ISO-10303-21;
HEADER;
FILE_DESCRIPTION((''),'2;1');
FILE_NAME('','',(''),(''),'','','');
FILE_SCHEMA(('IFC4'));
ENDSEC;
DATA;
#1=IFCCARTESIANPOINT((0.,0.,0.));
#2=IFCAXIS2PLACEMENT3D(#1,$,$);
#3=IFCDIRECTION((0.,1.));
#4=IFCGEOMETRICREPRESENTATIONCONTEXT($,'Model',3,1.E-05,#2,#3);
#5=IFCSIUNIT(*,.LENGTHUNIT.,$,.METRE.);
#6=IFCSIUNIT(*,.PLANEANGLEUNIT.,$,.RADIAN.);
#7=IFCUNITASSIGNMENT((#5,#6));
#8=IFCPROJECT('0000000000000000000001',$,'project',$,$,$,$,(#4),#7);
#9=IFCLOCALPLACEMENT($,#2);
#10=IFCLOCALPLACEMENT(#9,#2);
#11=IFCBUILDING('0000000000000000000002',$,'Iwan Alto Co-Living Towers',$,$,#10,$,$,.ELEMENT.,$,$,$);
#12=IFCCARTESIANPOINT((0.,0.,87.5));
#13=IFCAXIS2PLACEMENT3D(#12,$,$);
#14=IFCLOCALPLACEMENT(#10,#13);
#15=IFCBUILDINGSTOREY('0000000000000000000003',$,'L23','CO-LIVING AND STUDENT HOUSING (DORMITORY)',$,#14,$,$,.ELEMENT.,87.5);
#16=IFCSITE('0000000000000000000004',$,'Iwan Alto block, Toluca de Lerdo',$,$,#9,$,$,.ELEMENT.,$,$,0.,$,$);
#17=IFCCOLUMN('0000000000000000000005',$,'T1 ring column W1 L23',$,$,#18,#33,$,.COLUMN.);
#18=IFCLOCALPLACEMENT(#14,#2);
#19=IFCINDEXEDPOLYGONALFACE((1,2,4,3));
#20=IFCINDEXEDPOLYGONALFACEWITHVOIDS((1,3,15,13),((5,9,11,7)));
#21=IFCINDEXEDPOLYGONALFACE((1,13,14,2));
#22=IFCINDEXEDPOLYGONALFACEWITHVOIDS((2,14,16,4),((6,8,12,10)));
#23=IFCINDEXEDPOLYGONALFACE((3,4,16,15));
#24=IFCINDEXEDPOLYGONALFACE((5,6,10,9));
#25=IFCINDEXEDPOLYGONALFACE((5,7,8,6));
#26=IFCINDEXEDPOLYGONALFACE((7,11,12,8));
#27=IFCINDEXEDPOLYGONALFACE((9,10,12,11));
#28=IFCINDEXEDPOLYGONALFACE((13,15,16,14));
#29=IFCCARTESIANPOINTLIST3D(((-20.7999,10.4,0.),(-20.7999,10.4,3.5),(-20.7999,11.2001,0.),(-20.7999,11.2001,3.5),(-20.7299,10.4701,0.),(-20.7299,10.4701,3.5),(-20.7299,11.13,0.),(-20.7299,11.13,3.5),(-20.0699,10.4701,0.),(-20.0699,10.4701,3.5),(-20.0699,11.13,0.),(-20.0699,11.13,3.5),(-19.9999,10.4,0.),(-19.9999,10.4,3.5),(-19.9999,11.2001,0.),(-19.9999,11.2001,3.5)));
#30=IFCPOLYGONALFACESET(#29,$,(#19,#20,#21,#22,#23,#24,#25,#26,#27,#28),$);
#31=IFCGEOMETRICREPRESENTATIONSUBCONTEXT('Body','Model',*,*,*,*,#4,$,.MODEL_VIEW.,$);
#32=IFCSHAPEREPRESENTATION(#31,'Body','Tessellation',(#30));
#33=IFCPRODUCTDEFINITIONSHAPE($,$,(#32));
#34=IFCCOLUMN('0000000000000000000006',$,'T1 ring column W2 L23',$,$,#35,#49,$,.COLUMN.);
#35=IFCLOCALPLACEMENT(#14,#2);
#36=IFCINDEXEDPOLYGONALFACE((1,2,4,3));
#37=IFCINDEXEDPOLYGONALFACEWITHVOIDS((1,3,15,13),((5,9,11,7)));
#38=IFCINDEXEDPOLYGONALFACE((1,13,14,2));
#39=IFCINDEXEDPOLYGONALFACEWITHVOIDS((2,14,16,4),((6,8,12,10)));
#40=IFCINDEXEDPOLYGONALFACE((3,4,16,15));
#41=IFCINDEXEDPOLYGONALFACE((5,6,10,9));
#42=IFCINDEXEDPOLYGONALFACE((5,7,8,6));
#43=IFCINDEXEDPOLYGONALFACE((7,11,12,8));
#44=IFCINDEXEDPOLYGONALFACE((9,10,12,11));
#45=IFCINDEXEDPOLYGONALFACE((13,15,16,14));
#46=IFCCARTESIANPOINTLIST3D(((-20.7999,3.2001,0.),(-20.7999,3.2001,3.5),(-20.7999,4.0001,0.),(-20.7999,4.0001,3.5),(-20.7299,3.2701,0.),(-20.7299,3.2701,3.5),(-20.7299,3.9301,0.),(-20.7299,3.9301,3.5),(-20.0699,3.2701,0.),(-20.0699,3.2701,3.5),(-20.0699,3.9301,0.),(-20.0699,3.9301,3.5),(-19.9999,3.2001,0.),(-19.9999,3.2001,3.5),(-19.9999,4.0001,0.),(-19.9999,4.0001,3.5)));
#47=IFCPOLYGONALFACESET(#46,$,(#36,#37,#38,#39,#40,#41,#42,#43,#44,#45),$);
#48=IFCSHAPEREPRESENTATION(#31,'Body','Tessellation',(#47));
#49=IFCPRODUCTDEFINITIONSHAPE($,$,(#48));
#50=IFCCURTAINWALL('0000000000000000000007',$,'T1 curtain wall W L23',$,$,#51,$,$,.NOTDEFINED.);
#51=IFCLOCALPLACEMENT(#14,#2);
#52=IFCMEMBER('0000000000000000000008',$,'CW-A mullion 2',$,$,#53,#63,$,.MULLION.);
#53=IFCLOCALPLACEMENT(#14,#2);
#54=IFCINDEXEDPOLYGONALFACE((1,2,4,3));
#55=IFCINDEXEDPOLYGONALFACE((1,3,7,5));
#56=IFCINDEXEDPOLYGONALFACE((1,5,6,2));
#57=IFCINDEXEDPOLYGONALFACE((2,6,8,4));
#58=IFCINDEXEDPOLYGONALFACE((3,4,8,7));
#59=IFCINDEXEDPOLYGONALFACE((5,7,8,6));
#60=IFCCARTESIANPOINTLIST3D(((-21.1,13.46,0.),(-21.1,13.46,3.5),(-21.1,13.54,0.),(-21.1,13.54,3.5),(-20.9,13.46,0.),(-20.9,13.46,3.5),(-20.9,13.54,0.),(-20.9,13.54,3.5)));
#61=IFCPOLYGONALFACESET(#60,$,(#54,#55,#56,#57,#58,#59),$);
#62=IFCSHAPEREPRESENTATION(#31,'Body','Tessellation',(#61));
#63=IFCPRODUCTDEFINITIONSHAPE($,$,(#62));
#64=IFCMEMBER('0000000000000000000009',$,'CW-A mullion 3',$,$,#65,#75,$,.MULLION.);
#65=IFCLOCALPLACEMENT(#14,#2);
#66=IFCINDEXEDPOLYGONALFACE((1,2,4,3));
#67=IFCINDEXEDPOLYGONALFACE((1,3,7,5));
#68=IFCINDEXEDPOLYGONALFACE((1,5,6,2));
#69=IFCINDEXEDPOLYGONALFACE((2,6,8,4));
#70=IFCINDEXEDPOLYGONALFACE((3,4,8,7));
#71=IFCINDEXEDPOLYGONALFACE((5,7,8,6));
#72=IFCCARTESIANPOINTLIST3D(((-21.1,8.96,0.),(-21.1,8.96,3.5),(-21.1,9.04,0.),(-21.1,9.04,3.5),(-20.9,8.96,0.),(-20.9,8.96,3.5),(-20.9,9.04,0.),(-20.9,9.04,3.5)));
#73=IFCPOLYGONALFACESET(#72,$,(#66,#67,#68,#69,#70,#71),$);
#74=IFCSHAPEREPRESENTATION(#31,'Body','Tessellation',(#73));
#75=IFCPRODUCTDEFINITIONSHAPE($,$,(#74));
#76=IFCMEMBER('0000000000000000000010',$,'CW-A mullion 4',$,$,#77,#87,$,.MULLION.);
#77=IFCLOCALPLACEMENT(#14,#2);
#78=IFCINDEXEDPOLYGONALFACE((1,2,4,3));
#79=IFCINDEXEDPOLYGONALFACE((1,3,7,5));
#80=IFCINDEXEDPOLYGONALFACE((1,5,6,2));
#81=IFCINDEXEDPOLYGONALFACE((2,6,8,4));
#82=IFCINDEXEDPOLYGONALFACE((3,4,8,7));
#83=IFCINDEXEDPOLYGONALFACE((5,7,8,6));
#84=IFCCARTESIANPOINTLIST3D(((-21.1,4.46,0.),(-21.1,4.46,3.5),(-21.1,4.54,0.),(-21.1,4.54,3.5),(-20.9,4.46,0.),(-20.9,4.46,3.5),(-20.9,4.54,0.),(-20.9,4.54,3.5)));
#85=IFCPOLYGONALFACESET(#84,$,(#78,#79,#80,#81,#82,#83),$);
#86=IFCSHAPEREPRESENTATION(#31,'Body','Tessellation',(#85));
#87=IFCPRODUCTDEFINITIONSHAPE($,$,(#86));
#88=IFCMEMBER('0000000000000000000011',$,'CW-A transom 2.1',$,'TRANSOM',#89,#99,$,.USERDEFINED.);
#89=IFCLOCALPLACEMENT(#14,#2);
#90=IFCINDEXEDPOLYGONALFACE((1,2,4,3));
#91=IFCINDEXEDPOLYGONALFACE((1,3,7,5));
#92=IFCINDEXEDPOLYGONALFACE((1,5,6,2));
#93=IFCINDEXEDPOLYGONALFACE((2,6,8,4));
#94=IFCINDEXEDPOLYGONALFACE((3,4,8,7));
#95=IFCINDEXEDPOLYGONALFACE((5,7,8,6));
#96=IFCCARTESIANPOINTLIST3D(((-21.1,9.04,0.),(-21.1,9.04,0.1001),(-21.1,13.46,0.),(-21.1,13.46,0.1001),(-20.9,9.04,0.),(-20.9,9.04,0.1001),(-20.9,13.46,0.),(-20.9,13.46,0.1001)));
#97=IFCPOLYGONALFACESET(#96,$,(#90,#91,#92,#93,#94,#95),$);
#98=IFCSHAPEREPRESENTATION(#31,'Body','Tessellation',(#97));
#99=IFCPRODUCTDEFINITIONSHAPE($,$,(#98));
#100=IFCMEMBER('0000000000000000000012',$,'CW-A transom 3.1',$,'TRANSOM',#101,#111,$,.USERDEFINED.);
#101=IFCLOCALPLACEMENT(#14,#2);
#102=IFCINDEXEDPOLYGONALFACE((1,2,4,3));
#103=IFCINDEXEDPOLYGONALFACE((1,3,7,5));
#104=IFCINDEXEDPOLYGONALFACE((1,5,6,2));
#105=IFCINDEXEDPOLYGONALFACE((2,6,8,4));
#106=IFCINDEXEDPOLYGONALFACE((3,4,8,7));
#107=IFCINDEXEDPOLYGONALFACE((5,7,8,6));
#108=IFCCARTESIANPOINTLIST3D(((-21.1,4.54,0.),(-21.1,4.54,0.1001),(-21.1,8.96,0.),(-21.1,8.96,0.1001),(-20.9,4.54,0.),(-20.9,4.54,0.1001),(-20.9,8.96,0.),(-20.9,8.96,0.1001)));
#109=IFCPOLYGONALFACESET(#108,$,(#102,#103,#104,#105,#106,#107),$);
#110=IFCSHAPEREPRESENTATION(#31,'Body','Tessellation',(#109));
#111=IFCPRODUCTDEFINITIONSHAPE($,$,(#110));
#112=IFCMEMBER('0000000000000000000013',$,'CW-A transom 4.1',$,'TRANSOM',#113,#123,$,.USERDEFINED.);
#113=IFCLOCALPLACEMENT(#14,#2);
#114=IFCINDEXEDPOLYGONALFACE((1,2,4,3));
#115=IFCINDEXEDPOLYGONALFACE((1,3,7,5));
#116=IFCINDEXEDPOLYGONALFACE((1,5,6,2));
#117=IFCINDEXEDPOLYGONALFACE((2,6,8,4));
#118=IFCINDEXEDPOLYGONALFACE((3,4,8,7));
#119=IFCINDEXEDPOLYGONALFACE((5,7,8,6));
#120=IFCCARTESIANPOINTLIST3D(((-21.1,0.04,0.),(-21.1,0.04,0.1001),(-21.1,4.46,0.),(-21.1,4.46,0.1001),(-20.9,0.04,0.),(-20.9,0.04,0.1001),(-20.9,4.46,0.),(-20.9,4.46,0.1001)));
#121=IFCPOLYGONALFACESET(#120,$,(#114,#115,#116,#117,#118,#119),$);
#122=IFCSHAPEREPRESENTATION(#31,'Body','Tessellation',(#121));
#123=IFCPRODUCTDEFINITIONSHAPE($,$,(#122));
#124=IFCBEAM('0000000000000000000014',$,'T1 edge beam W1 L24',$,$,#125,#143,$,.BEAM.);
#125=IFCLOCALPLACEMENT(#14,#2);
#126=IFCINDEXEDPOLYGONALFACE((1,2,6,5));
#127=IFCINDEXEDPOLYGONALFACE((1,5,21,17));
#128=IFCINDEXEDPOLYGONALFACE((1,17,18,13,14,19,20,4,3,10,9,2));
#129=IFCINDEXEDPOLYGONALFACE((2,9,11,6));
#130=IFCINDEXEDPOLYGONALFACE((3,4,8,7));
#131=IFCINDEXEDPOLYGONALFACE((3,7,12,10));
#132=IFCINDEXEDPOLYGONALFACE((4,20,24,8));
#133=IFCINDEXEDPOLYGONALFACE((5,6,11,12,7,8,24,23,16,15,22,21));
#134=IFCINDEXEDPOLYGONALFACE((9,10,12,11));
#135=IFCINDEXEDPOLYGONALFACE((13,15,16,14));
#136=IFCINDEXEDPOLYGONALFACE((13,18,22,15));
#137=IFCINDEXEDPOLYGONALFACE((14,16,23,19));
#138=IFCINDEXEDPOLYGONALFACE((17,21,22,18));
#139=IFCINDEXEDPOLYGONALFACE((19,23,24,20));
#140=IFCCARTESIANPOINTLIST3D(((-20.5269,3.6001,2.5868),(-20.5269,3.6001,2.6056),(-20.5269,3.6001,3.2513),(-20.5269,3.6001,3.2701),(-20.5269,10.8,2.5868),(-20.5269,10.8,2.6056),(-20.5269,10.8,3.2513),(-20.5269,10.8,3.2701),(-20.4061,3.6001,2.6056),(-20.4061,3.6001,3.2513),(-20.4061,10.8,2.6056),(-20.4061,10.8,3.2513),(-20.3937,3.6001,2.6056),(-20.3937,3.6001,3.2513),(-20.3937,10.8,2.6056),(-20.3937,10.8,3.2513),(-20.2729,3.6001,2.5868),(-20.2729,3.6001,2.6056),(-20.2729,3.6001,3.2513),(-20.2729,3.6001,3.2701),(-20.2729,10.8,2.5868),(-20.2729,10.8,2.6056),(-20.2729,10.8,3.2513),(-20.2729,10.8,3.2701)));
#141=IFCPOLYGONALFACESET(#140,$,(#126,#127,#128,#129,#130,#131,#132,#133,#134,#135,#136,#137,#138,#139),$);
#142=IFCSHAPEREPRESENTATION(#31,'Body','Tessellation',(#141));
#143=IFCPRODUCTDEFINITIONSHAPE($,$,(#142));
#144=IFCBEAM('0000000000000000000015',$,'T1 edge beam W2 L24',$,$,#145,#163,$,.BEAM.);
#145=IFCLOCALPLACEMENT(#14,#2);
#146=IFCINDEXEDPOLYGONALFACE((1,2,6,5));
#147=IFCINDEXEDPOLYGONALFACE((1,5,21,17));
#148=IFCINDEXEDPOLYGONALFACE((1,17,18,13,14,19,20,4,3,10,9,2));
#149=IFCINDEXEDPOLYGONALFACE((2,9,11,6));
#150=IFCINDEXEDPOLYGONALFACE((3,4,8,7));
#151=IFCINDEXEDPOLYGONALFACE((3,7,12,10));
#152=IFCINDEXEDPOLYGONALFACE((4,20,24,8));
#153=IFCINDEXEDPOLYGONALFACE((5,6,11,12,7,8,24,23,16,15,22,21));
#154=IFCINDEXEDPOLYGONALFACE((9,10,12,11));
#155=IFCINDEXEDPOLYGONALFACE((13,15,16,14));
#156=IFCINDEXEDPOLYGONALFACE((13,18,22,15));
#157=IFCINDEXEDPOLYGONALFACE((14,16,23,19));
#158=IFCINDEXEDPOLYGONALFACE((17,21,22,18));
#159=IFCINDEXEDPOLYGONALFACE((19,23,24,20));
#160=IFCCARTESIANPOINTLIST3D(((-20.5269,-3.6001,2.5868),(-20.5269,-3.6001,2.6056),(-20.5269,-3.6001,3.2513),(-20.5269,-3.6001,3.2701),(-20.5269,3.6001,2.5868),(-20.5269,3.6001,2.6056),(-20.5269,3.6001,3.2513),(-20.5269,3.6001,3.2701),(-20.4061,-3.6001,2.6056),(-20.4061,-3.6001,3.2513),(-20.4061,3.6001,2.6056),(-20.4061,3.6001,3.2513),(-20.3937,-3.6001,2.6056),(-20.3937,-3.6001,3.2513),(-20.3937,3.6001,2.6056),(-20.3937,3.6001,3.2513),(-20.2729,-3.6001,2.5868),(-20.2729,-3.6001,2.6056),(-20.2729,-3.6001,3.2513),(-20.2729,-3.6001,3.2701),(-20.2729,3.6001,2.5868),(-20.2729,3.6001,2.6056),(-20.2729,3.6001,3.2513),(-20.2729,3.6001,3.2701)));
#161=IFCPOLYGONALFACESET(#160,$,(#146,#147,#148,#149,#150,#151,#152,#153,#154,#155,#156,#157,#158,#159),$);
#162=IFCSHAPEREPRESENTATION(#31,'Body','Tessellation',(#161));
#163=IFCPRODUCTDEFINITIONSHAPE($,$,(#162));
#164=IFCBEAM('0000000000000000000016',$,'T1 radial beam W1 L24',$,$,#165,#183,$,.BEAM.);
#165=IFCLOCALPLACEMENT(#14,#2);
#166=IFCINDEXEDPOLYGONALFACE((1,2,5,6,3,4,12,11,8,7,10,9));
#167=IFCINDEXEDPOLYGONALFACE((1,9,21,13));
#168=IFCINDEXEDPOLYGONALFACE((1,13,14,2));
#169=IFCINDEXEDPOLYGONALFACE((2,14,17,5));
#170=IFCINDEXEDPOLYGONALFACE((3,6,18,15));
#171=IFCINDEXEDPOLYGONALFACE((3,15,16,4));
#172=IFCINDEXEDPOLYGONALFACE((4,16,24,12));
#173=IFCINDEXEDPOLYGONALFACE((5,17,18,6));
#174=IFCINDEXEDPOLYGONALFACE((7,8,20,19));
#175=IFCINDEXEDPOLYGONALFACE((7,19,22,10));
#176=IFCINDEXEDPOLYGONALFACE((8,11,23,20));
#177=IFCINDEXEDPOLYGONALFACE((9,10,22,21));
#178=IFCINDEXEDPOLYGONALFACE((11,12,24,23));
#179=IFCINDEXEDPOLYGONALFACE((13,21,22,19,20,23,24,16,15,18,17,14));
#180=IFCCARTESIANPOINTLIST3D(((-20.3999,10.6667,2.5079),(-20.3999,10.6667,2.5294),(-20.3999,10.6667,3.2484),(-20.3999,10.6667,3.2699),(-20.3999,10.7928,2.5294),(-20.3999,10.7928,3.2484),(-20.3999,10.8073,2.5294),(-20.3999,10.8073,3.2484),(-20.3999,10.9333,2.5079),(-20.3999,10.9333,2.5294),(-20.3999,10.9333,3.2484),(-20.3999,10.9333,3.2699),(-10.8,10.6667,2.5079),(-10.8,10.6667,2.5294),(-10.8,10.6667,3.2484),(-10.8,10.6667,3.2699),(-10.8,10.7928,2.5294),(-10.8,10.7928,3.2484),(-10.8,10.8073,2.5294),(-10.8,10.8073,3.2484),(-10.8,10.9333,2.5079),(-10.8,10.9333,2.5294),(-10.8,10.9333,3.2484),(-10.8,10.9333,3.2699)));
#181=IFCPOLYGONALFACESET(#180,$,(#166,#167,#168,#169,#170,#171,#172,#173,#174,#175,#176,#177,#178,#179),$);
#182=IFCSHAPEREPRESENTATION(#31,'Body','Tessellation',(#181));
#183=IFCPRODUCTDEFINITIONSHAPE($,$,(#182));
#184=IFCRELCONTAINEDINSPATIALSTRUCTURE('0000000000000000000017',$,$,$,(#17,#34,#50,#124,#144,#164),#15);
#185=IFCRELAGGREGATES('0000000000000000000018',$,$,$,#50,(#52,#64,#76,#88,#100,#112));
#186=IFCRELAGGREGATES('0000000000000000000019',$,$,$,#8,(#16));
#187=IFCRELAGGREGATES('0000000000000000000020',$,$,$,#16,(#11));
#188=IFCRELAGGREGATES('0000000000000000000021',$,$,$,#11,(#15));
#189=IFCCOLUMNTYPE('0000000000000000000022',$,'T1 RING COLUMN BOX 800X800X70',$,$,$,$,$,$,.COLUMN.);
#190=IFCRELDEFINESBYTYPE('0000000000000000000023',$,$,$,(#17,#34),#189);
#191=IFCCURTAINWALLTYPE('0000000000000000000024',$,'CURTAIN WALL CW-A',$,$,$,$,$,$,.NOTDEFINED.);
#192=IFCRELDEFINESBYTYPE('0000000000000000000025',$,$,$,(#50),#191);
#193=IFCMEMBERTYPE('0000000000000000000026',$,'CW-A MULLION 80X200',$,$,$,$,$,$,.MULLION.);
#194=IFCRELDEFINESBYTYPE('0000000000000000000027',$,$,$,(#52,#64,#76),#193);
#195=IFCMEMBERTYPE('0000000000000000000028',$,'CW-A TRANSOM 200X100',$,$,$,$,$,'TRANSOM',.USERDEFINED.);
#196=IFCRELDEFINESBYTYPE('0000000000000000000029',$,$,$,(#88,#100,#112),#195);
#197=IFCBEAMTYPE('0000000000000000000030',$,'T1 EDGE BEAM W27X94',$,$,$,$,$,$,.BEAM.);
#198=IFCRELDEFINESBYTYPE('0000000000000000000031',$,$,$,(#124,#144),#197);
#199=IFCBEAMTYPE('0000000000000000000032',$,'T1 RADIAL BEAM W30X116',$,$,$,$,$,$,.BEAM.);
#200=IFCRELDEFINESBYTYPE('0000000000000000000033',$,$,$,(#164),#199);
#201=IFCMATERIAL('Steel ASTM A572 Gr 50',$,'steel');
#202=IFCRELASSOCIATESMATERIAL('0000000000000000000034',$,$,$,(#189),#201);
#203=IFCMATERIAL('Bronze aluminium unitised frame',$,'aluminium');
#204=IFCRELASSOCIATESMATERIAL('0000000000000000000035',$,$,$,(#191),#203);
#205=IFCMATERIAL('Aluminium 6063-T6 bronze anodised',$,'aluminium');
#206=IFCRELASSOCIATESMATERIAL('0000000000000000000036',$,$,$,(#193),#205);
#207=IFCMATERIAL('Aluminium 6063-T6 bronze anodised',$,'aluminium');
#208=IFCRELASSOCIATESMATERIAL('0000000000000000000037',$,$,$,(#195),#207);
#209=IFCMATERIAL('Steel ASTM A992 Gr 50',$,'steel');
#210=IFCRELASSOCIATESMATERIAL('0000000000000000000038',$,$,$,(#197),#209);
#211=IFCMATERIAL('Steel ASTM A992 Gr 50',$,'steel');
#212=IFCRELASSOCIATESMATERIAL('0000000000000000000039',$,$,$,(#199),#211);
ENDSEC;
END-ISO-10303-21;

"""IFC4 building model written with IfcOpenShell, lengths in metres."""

from ifc_helpers import new_model, si_unit, direction, frame, origin, origin_2d, place, context, subcontext, project, spatial, rectangle, hollow_rectangle, i_section, extrude, material, material_profile, profile_set, type_object, element, aggregate, save


model = new_model("IFC4")

# Units and contexts
model_context = context("Model", 3, precision=1e-05, world=origin(), true_north=direction((0.0, 1.0)))
body_context = subcontext(model_context, "Body", "Model", "MODEL_VIEW")
ifc_project = project(units=[si_unit("LENGTHUNIT", "METRE"), si_unit("PLANEANGLEUNIT", "RADIAN")], contexts=[model_context])

# Site, building, storey
site_placement = place(None, origin())
site = spatial("IfcSite", under=ifc_project, at=site_placement, Name="Iwan Alto block, Toluca de Lerdo", CompositionType="ELEMENT", RefElevation=0.0)
building_placement = place(site_placement, origin())
building = spatial("IfcBuilding", under=site, at=building_placement, Name="Iwan Alto Co-Living Towers", CompositionType="ELEMENT")
storey_placement = place(building_placement, frame((0.0, 0.0, 87.5)))
storey = spatial("IfcBuildingStorey", under=building, at=storey_placement, Name="L23", Description="CO-LIVING AND STUDENT HOUSING (DORMITORY)", CompositionType="ELEMENT", Elevation=87.5)

# Columns
ifc_material_1 = material(Name="Steel ASTM A572 Gr 50", Category="steel")
ifc_material_profile_1 = material_profile(ifc_material_1, hollow_rectangle(XDim=0.8, YDim=0.8, WallThickness=0.0701, at=origin_2d()), Name="BOX 800X800X70")
ifc_profile_set_1 = profile_set([ifc_material_profile_1], Name="Steel ASTM A572 Gr 50")
column_type = type_object("IfcColumnType", Name="T1 RING COLUMN BOX 800X800X70", PredefinedType="COLUMN", material=ifc_profile_set_1)
for number, where, z_axis, x_axis, name in (
    (1, (-20.3999, 10.8, 0.0), (0.0, 0.0, 1.0), (1.0, 0.0, 0.0), "T1 ring column W1 L23"),
    (2, (-20.3999, 3.6001, 0.0), (0.0, 0.0, 1.0), (1.0, 0.0, 0.0), "T1 ring column W2 L23"),
):
    element("IfcColumn", number, at=place(storey_placement, frame(where, z_axis=z_axis, x_axis=x_axis)), inside=storey, type_object=column_type, Name=name, PredefinedType="COLUMN", context=body_context, shape_type="SweptSolid", body=[
        extrude(hollow_rectangle(XDim=0.8, YDim=0.8, WallThickness=0.0701, at=origin_2d()), origin(), (0.0, 0.0, 1.0), 3.5),
    ])

# Curtain wall, members
ifc_material_2 = material(Name="Bronze aluminium unitised frame", Category="aluminium")
curtain_wall_type = type_object("IfcCurtainWallType", Name="CURTAIN WALL CW-A", PredefinedType="NOTDEFINED", material=ifc_material_2)
curtain_wall_placement = place(storey_placement, origin())
curtain_wall = element("IfcCurtainWall", 3, at=curtain_wall_placement, inside=storey, type_object=curtain_wall_type, Name="T1 curtain wall W L23", PredefinedType="NOTDEFINED")
ifc_material_3 = material(Name="Aluminium 6063-T6 bronze anodised", Category="aluminium")
ifc_material_profile_2 = material_profile(ifc_material_3, rectangle(XDim=0.2, YDim=0.0801, at=origin_2d()), Name="AL 80X200")
ifc_profile_set_2 = profile_set([ifc_material_profile_2], Name="Aluminium 6063-T6 bronze anodised")
member_type_1 = type_object("IfcMemberType", Name="CW-A MULLION 80X200", PredefinedType="MULLION", material=ifc_profile_set_2)
member_1_placement = place(storey_placement, frame((-21.0, 13.5, 0.0), z_axis=(0.0, 0.0, 1.0), x_axis=(1.0, 0.0, 0.0)))
member_1 = element("IfcMember", 4, at=member_1_placement, type_object=member_type_1, Name="CW-A mullion 2", PredefinedType="MULLION", context=body_context, shape_type="SweptSolid", body=[
    extrude(rectangle(XDim=0.2, YDim=0.0801, at=origin_2d()), origin(), (0.0, 0.0, 1.0), 3.5),
])
member_2_placement = place(storey_placement, frame((-21.0, 9.0, 0.0), z_axis=(0.0, 0.0, 1.0), x_axis=(1.0, 0.0, 0.0)))
member_2 = element("IfcMember", 5, at=member_2_placement, type_object=member_type_1, Name="CW-A mullion 3", PredefinedType="MULLION", context=body_context, shape_type="SweptSolid", body=[
    extrude(rectangle(XDim=0.2, YDim=0.0801, at=origin_2d()), origin(), (0.0, 0.0, 1.0), 3.5),
])
member_3_placement = place(storey_placement, frame((-21.0, 4.5, 0.0), z_axis=(0.0, 0.0, 1.0), x_axis=(1.0, 0.0, 0.0)))
member_3 = element("IfcMember", 6, at=member_3_placement, type_object=member_type_1, Name="CW-A mullion 4", PredefinedType="MULLION", context=body_context, shape_type="SweptSolid", body=[
    extrude(rectangle(XDim=0.2, YDim=0.0801, at=origin_2d()), origin(), (0.0, 0.0, 1.0), 3.5),
])
ifc_material_4 = material(Name="Aluminium 6063-T6 bronze anodised", Category="aluminium")
ifc_material_profile_3 = material_profile(ifc_material_4, rectangle(XDim=0.2, YDim=0.1001, at=origin_2d()), Name="AL 200X100")
ifc_profile_set_3 = profile_set([ifc_material_profile_3], Name="Aluminium 6063-T6 bronze anodised")
member_type_2 = type_object("IfcMemberType", Name="CW-A TRANSOM 200X100", ElementType="TRANSOM", PredefinedType="USERDEFINED", material=ifc_profile_set_3)
member_4_placement = place(storey_placement, frame((-21.0, 13.46, 0.05), z_axis=(0.0, -1.0, 0.0), x_axis=(1.0, 0.0, 0.0)))
member_4 = element("IfcMember", 7, at=member_4_placement, type_object=member_type_2, Name="CW-A transom 2.1", ObjectType="TRANSOM", PredefinedType="USERDEFINED", context=body_context, shape_type="SweptSolid", body=[
    extrude(rectangle(XDim=0.2, YDim=0.1001, at=origin_2d()), origin(), (0.0, 0.0, 1.0), 4.4199),
])
member_5_placement = place(storey_placement, frame((-21.0, 8.96, 0.05), z_axis=(0.0, -1.0, 0.0), x_axis=(1.0, 0.0, 0.0)))
member_5 = element("IfcMember", 8, at=member_5_placement, type_object=member_type_2, Name="CW-A transom 3.1", ObjectType="TRANSOM", PredefinedType="USERDEFINED", context=body_context, shape_type="SweptSolid", body=[
    extrude(rectangle(XDim=0.2, YDim=0.1001, at=origin_2d()), origin(), (0.0, 0.0, 1.0), 4.4199),
])
member_6_placement = place(storey_placement, frame((-21.0, 4.46, 0.05), z_axis=(0.0, -1.0, 0.0), x_axis=(1.0, 0.0, 0.0)))
member_6 = element("IfcMember", 9, at=member_6_placement, type_object=member_type_2, Name="CW-A transom 4.1", ObjectType="TRANSOM", PredefinedType="USERDEFINED", context=body_context, shape_type="SweptSolid", body=[
    extrude(rectangle(XDim=0.2, YDim=0.1001, at=origin_2d()), origin(), (0.0, 0.0, 1.0), 4.4199),
])

# Beams
ifc_material_5 = material(Name="Steel ASTM A992 Gr 50", Category="steel")
ifc_material_profile_4 = material_profile(ifc_material_5, i_section(OverallWidth=0.2539, OverallDepth=0.6833, WebThickness=0.0125, FlangeThickness=0.0188, at=origin_2d()), Name="W27X94")
ifc_profile_set_4 = profile_set([ifc_material_profile_4], Name="Steel ASTM A992 Gr 50")
beam_type_1 = type_object("IfcBeamType", Name="T1 EDGE BEAM W27X94", PredefinedType="BEAM", material=ifc_profile_set_4)
beam_1_placement = place(storey_placement, frame((-20.3999, 10.8, 2.9285), z_axis=(0.0, -1.0, 0.0), x_axis=(1.0, 0.0, 0.0)))
element("IfcBeam", 10, at=beam_1_placement, inside=storey, type_object=beam_type_1, Name="T1 edge beam W1 L24", PredefinedType="BEAM", context=body_context, shape_type="SweptSolid", body=[
    extrude(i_section(OverallWidth=0.2539, OverallDepth=0.6833, WebThickness=0.0125, FlangeThickness=0.0188, at=origin_2d()), origin(), (0.0, 0.0, 1.0), 7.2),
])
beam_2_placement = place(storey_placement, frame((-20.3999, 3.6001, 2.9285), z_axis=(0.0, -1.0, 0.0), x_axis=(1.0, 0.0, 0.0)))
element("IfcBeam", 11, at=beam_2_placement, inside=storey, type_object=beam_type_1, Name="T1 edge beam W2 L24", PredefinedType="BEAM", context=body_context, shape_type="SweptSolid", body=[
    extrude(i_section(OverallWidth=0.2539, OverallDepth=0.6833, WebThickness=0.0125, FlangeThickness=0.0188, at=origin_2d()), origin(), (0.0, 0.0, 1.0), 7.2002),
])
ifc_material_6 = material(Name="Steel ASTM A992 Gr 50", Category="steel")
ifc_material_profile_5 = material_profile(ifc_material_6, i_section(OverallWidth=0.2666, OverallDepth=0.762, WebThickness=0.0144, FlangeThickness=0.0215, at=origin_2d()), Name="W30X116")
ifc_profile_set_5 = profile_set([ifc_material_profile_5], Name="Steel ASTM A992 Gr 50")
beam_type_2 = type_object("IfcBeamType", Name="T1 RADIAL BEAM W30X116", PredefinedType="BEAM", material=ifc_profile_set_5)
beam_3_placement = place(storey_placement, frame((-20.3999, 10.8, 2.8889), z_axis=(1.0, 0.0, 0.0), x_axis=(0.0, 1.0, 0.0)))
element("IfcBeam", 12, at=beam_3_placement, inside=storey, type_object=beam_type_2, Name="T1 radial beam W1 L24", PredefinedType="BEAM", context=body_context, shape_type="SweptSolid", body=[
    extrude(i_section(OverallWidth=0.2666, OverallDepth=0.762, WebThickness=0.0144, FlangeThickness=0.0215, at=origin_2d()), origin(), (0.0, 0.0, 1.0), 9.5999),
])

aggregate(curtain_wall, [member_1, member_2, member_3, member_4, member_5, member_6])

save(model, "model.ifc")
